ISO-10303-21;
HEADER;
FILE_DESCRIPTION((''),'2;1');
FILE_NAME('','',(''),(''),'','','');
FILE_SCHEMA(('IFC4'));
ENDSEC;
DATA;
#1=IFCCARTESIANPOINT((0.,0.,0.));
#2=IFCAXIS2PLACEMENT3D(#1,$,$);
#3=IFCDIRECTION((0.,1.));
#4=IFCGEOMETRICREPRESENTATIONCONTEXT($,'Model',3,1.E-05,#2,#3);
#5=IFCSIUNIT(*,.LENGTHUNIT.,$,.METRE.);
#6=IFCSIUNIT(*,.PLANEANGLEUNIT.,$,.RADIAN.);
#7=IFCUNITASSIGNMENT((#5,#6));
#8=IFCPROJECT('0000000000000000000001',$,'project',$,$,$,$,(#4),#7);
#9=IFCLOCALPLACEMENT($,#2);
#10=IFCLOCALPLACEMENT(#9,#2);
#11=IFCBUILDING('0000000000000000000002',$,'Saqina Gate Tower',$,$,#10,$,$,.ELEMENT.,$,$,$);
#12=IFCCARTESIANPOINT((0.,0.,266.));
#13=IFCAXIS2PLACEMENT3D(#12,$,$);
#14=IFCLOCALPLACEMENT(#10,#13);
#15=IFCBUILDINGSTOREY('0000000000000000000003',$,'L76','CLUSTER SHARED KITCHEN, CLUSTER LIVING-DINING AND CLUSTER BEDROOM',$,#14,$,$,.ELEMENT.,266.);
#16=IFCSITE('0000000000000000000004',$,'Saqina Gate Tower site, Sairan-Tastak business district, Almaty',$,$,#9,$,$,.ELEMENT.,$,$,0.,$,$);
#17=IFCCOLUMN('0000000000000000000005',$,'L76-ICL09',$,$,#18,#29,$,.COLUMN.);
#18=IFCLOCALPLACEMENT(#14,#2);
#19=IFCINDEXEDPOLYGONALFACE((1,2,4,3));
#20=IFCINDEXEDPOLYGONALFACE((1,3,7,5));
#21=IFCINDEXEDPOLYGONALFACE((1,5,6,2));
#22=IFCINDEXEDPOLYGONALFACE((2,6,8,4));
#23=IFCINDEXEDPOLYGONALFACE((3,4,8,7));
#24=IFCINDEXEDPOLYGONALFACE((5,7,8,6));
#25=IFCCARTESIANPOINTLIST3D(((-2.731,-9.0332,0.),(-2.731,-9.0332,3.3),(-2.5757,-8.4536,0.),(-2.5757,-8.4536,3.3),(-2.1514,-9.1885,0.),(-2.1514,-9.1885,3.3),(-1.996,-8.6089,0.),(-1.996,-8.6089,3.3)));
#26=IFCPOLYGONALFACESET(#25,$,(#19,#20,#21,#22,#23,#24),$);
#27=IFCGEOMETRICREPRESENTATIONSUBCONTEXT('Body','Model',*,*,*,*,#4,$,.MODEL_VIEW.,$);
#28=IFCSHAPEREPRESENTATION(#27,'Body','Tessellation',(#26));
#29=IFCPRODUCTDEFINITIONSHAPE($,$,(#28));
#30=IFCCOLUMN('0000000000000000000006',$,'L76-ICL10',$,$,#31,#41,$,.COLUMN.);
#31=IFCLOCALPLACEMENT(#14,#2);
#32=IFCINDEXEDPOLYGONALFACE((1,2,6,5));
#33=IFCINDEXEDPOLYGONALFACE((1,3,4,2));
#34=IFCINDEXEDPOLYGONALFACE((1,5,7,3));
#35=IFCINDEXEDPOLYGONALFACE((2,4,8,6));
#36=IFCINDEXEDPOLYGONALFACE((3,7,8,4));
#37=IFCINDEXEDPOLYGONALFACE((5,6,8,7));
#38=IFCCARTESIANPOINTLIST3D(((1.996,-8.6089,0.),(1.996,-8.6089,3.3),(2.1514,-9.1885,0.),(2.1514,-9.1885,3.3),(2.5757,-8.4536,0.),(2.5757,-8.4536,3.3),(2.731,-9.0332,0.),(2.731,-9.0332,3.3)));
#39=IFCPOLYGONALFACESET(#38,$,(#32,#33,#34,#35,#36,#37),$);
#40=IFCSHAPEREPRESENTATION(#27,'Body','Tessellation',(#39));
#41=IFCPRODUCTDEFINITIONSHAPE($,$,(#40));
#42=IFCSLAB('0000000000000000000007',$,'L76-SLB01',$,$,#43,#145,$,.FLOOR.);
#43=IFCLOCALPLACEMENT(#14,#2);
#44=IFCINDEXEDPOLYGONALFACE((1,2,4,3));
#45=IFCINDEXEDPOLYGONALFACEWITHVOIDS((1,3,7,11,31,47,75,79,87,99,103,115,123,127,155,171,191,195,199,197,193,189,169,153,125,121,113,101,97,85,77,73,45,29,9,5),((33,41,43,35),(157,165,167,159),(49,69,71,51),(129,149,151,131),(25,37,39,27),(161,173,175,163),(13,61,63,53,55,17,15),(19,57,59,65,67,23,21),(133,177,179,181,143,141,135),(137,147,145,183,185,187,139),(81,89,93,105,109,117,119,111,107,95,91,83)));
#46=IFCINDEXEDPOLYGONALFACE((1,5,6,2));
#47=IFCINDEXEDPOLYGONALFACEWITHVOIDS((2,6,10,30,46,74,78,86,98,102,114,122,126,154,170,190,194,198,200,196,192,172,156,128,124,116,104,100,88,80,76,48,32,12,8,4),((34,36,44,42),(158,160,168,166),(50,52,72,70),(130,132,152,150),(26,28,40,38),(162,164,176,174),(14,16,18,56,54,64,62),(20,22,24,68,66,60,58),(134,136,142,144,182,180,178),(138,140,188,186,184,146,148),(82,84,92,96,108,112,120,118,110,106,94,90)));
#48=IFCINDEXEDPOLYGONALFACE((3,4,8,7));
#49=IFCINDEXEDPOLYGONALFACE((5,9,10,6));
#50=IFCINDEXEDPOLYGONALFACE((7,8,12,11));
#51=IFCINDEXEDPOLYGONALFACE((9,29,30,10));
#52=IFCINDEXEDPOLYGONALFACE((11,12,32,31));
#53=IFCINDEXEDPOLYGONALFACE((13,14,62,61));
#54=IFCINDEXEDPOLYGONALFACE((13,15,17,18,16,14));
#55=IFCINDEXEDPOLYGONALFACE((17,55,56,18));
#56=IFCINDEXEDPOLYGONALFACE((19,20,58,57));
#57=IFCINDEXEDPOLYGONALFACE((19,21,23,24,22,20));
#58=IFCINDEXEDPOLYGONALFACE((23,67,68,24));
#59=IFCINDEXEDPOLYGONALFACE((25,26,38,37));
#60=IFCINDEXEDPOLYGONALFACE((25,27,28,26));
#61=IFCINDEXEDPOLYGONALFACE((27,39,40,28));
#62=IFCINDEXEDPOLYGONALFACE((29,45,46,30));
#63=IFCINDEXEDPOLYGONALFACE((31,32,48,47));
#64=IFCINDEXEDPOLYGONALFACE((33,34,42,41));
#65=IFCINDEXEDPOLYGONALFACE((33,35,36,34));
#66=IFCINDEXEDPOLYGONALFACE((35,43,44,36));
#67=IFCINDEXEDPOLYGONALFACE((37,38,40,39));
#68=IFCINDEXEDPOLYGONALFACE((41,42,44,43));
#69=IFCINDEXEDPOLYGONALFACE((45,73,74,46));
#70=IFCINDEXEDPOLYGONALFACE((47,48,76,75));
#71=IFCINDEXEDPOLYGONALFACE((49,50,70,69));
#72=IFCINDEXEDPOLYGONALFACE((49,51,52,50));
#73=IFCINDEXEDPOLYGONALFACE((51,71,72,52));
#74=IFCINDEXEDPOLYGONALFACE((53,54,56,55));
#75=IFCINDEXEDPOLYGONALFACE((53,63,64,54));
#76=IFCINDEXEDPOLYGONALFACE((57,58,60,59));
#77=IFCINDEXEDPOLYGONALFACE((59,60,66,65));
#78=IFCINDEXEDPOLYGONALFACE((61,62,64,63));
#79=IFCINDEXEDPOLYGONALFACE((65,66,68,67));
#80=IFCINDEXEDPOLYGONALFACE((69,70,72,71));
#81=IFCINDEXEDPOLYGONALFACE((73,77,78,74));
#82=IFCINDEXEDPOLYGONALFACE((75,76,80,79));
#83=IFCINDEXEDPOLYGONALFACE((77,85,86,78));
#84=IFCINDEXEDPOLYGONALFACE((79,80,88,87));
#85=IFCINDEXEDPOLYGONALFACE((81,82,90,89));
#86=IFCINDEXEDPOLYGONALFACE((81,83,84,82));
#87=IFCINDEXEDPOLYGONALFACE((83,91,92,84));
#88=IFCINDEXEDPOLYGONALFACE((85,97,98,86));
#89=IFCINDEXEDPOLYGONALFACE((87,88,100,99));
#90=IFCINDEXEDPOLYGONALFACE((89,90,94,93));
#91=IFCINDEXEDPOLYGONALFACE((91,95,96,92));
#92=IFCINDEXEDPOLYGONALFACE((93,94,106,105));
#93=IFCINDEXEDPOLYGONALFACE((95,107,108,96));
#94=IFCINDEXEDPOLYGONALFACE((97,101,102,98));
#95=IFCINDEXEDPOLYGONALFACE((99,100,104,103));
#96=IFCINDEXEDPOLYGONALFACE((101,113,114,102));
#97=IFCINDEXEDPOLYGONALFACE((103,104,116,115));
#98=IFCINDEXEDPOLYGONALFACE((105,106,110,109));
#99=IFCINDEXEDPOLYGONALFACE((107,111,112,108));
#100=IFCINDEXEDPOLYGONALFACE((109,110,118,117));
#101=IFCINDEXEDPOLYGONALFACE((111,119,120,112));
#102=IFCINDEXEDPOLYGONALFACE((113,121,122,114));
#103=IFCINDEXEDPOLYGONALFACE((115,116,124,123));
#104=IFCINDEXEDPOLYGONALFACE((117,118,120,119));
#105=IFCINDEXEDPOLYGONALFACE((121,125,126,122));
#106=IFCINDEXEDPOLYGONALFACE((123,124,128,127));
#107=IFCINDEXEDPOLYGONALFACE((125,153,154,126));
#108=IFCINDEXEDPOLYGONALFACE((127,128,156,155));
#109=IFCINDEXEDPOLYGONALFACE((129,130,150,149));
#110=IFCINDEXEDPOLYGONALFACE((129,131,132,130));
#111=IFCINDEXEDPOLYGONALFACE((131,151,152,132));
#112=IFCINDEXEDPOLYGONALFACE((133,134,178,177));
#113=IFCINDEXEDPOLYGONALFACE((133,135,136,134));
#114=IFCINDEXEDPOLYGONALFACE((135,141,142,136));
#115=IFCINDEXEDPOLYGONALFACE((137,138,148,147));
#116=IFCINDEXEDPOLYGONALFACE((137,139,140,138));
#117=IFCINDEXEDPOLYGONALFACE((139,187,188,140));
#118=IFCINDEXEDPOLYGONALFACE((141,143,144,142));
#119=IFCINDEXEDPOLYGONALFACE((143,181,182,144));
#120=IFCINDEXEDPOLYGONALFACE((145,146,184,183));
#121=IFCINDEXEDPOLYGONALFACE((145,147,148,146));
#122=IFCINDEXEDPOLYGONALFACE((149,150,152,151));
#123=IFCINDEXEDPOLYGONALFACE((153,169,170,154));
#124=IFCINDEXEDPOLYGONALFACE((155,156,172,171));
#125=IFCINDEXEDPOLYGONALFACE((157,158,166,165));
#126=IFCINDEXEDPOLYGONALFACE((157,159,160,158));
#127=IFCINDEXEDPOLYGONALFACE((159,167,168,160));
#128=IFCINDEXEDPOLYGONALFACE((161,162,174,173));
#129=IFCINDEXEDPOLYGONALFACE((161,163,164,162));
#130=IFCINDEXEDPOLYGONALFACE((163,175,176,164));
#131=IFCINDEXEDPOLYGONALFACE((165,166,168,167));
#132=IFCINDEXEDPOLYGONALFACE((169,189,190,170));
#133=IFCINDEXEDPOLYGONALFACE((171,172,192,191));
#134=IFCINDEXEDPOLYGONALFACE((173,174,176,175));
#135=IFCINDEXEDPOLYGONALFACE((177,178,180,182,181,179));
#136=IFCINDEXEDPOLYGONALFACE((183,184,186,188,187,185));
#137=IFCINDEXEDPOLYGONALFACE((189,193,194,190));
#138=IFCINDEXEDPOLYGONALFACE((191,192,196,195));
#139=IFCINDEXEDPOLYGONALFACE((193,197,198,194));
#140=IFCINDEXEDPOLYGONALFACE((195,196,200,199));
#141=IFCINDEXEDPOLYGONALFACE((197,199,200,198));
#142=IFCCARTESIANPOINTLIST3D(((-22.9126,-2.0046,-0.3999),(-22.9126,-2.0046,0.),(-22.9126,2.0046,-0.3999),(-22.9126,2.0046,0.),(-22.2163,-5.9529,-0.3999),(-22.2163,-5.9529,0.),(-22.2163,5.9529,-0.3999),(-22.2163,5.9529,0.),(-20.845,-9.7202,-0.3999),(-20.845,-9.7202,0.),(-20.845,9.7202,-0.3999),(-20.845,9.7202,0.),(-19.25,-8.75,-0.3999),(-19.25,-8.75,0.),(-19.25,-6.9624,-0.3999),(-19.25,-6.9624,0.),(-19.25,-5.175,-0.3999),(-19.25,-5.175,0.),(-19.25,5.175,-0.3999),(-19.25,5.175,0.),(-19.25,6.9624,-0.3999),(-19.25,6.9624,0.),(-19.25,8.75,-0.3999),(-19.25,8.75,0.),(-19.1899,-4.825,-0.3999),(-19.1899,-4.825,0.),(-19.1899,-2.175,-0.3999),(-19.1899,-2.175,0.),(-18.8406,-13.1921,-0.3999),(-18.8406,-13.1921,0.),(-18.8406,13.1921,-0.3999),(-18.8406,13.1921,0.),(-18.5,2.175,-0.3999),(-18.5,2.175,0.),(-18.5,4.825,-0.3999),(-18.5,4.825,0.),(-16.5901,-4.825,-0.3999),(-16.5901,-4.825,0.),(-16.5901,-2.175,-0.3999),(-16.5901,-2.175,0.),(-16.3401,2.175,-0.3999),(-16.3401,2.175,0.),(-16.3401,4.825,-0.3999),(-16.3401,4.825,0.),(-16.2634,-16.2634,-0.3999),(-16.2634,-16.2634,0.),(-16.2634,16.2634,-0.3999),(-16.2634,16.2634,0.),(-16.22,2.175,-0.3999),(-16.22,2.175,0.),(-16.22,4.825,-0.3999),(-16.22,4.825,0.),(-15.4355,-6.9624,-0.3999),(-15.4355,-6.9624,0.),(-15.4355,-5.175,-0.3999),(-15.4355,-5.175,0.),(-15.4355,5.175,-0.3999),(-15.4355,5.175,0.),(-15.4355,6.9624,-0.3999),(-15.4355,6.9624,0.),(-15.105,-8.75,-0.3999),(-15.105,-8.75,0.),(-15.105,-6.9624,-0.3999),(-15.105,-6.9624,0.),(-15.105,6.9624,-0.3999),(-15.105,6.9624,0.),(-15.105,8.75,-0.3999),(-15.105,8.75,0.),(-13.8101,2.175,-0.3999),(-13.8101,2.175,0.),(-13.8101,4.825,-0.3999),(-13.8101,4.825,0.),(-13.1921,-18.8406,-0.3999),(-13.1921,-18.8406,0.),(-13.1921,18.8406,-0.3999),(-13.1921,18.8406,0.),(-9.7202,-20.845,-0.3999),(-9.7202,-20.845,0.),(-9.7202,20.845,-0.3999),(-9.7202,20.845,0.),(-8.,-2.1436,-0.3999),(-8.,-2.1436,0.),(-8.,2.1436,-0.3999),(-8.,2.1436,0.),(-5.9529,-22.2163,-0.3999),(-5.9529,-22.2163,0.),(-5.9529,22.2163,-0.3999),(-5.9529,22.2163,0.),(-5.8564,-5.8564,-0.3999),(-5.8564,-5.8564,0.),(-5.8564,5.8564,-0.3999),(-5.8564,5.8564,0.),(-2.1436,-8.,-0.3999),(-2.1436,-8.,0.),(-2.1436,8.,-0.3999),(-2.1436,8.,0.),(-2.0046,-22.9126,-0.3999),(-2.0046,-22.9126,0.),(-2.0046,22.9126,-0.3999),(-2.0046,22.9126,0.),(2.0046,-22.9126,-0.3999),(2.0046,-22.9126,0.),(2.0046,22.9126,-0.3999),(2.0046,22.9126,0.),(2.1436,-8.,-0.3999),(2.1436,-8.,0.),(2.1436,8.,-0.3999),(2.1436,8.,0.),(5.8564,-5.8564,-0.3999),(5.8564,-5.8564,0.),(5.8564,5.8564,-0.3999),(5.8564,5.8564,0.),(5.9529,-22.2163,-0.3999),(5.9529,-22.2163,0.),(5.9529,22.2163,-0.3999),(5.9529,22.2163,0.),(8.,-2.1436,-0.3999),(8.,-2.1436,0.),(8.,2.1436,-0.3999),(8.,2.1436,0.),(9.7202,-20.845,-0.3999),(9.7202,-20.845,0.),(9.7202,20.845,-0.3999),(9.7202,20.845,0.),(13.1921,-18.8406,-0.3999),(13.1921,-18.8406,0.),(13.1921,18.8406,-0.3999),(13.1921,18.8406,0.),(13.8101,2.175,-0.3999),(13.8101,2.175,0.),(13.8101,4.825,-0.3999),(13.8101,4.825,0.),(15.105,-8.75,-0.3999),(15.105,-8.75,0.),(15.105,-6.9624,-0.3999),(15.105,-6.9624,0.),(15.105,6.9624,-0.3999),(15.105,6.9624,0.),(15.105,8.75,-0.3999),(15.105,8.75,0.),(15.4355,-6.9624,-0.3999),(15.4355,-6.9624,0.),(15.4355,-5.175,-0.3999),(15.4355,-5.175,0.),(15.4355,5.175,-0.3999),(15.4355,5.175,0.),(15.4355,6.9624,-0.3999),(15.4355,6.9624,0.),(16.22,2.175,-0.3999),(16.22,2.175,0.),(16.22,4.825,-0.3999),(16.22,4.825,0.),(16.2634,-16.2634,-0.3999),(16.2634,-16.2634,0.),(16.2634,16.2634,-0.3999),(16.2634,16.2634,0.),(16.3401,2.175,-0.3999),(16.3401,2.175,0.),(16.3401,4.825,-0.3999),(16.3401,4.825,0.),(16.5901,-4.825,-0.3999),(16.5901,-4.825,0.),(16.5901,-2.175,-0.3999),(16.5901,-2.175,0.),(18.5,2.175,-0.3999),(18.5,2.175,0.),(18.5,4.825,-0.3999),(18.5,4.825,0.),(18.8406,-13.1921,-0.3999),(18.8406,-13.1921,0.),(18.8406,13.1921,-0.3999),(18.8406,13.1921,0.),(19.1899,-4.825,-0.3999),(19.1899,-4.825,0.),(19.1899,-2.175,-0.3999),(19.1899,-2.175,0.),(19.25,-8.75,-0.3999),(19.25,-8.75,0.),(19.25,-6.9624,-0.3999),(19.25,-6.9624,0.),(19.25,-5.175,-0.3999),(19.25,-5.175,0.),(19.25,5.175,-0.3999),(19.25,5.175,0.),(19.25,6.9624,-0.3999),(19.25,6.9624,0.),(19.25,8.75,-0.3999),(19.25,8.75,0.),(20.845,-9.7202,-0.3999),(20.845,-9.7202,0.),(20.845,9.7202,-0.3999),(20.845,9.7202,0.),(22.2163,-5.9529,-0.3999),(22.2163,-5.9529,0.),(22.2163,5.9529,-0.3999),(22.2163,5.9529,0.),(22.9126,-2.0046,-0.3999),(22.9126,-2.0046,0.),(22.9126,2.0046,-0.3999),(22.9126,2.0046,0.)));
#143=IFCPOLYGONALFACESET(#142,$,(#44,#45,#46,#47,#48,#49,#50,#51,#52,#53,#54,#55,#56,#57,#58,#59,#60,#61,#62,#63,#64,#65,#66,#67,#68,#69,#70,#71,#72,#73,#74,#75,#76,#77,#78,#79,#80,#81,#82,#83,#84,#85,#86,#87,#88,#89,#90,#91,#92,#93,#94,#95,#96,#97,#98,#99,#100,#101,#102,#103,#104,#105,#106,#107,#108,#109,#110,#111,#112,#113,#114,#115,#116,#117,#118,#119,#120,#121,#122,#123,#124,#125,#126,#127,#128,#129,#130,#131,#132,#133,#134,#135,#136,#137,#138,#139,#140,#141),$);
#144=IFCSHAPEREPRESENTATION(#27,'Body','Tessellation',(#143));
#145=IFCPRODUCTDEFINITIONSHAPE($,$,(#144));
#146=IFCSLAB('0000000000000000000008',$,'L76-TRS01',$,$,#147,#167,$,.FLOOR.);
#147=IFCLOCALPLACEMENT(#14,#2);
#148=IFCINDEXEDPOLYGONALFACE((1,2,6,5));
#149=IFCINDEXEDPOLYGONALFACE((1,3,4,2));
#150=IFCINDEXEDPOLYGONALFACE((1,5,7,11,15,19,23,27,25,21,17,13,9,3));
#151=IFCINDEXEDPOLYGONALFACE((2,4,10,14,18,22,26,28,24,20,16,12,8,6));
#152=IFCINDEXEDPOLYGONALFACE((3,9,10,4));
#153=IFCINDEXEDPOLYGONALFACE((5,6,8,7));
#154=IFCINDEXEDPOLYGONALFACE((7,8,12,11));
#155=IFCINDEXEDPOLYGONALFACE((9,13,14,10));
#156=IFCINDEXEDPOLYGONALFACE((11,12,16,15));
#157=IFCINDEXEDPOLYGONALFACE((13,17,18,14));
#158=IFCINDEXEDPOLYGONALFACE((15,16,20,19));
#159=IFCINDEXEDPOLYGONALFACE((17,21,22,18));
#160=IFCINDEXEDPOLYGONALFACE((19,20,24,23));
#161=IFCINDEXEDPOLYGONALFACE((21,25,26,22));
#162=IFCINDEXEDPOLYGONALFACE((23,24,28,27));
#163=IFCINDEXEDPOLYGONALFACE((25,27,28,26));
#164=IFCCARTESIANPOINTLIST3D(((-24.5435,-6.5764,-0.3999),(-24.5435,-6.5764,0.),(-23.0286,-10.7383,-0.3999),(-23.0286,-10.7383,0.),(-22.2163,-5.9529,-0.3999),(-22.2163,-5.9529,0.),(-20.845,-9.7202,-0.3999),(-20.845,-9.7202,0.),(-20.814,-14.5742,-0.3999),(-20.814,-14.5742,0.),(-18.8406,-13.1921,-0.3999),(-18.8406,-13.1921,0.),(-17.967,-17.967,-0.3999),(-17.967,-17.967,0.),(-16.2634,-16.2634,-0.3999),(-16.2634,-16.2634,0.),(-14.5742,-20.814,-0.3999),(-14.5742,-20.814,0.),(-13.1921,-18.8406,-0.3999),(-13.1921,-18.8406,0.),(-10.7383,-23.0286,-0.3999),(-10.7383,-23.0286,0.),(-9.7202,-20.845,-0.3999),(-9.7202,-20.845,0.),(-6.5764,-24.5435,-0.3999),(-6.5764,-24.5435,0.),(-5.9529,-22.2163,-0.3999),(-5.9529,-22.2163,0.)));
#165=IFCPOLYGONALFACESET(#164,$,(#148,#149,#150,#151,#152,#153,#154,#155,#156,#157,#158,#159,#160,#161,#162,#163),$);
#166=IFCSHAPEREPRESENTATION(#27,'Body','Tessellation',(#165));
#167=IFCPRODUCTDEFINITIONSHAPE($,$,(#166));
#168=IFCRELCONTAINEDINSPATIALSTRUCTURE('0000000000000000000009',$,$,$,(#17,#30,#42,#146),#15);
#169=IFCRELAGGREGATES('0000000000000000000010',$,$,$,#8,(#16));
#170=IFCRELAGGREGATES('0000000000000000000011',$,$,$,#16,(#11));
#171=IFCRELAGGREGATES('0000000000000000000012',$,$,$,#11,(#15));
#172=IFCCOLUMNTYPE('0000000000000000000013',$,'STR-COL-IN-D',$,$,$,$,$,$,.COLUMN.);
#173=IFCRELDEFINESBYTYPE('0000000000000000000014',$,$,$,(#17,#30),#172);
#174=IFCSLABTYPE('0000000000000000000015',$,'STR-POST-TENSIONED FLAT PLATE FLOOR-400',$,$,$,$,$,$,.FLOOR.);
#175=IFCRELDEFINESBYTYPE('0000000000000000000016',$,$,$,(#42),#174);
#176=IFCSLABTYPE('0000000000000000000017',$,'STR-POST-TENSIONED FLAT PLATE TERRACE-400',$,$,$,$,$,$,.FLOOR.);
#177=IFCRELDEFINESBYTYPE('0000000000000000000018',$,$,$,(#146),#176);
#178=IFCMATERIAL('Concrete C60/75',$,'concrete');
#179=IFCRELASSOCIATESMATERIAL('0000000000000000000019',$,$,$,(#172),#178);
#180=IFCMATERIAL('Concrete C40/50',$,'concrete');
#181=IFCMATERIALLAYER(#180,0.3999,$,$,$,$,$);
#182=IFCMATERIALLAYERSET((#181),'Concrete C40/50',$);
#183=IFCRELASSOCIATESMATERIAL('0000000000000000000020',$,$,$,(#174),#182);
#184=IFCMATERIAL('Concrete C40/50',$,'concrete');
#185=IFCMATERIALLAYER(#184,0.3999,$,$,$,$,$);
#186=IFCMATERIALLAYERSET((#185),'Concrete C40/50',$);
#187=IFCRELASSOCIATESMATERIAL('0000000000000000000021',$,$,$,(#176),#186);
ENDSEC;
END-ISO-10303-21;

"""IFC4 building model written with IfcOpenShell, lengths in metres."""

from ifc_helpers import new_model, si_unit, direction, frame, origin, origin_2d, place, context, subcontext, project, spatial, polyline, rectangle, outline, extrude, material, layer, layer_set, material_profile, profile_set, type_object, element, save


model = new_model("IFC4")

# Units and contexts
model_context = context("Model", 3, precision=1e-05, world=origin(), true_north=direction((0.0, 1.0)))
body_context = subcontext(model_context, "Body", "Model", "MODEL_VIEW")
ifc_project = project(units=[si_unit("LENGTHUNIT", "METRE"), si_unit("PLANEANGLEUNIT", "RADIAN")], contexts=[model_context])

# Site, building, storey
site_placement = place(None, origin())
site = spatial("IfcSite", under=ifc_project, at=site_placement, Name="Saqina Gate Tower site, Sairan-Tastak business district, Almaty", CompositionType="ELEMENT", RefElevation=0.0)
building_placement = place(site_placement, origin())
building = spatial("IfcBuilding", under=site, at=building_placement, Name="Saqina Gate Tower", CompositionType="ELEMENT")
storey_placement = place(building_placement, frame((0.0, 0.0, 266.0)))
storey = spatial("IfcBuildingStorey", under=building, at=storey_placement, Name="L76", Description="CLUSTER SHARED KITCHEN, CLUSTER LIVING-DINING AND CLUSTER BEDROOM", CompositionType="ELEMENT", Elevation=266.0)

# Columns
ifc_material_1 = material(Name="Concrete C60/75", Category="concrete")
ifc_material_profile = material_profile(ifc_material_1, rectangle(XDim=0.6001, YDim=0.6001, at=origin_2d()), Name="RC 600x600")
ifc_profile_set = profile_set([ifc_material_profile], Name="Concrete C60/75")
column_type = type_object("IfcColumnType", Name="STR-COL-IN-D", PredefinedType="COLUMN", material=ifc_profile_set)
for number, where, z_axis, x_axis, name in (
    (1, (-2.3635, -8.821, 0.0), (0.0, 0.0, 1.0), (-0.258819, -0.965926, 0.0), "L76-ICL09"),
    (2, (2.3635, -8.821, 0.0), (0.0, 0.0, 1.0), (0.258819, -0.965926, 0.0), "L76-ICL10"),
):
    element("IfcColumn", number, at=place(storey_placement, frame(where, z_axis=z_axis, x_axis=x_axis)), inside=storey, type_object=column_type, Name=name, PredefinedType="COLUMN", context=body_context, shape_type="SweptSolid", body=[
        extrude(rectangle(XDim=0.6001, YDim=0.6001, at=origin_2d()), origin(), (0.0, 0.0, 1.0), 3.3),
    ])

# Slabs
ifc_material_2 = material(Name="Concrete C40/50", Category="concrete")
ifc_layer_1 = layer(ifc_material_2, 0.3999)
ifc_layer_set_1 = layer_set([ifc_layer_1], Name="Concrete C40/50")
slab_type_1 = type_object("IfcSlabType", Name="STR-POST-TENSIONED FLAT PLATE FLOOR-400", PredefinedType="FLOOR", material=ifc_layer_set_1)
slab_1_placement = place(storey_placement, frame((0.0, 0.0, -0.3999)))
element("IfcSlab", 3, at=slab_1_placement, inside=storey, type_object=slab_type_1, Name="L76-SLB01", PredefinedType="FLOOR", context=body_context, shape_type="SweptSolid", body=[
    extrude(outline(polyline([(22.2163, -5.9529), (22.9126, -2.0046), (22.9126, 2.0046), (22.2163, 5.9529), (20.845, 9.7202), (18.8406, 13.1921), (16.2634, 16.2634), (13.1921, 18.8406), (9.7202, 20.845), (5.9529, 22.2163), (2.0046, 22.9126), (-2.0046, 22.9126), (-5.9529, 22.2163), (-9.7202, 20.845), (-13.1921, 18.8406), (-16.2634, 16.2634), (-18.8406, 13.1921), (-20.845, 9.7202), (-22.2163, 5.9529), (-22.9126, 2.0046), (-22.9126, -2.0046), (-22.2163, -5.9529), (-20.845, -9.7202), (-18.8406, -13.1921), (-16.2634, -16.2634), (-13.1921, -18.8406), (-9.7202, -20.845), (-5.9529, -22.2163), (-2.0046, -22.9126), (2.0046, -22.9126), (5.9529, -22.2163), (9.7202, -20.845), (13.1921, -18.8406), (16.2634, -16.2634), (18.8406, -13.1921), (20.845, -9.7202), (22.2163, -5.9529)]), holes=[polyline([(2.1436, 8.0), (5.8564, 5.8564), (8.0, 2.1436), (8.0, -2.1436), (5.8564, -5.8564), (2.1436, -8.0), (-2.1436, -8.0), (-5.8564, -5.8564), (-8.0, -2.1436), (-8.0, 2.1436), (-5.8564, 5.8564), (-2.1436, 8.0), (2.1436, 8.0)]), polyline([(-15.105, -8.75), (-19.25, -8.75), (-19.25, -6.9624), (-19.25, -5.175), (-15.4355, -5.175), (-15.4355, -6.9624), (-15.105, -6.9624), (-15.105, -8.75)]), polyline([(-16.5901, -2.175), (-16.5901, -4.825), (-19.1899, -4.825), (-19.1899, -2.175), (-16.5901, -2.175)]), polyline([(-16.3401, 4.825), (-16.3401, 2.175), (-18.5, 2.175), (-18.5, 4.825), (-16.3401, 4.825)]), polyline([(-13.8101, 4.825), (-13.8101, 2.175), (-16.22, 2.175), (-16.22, 4.825), (-13.8101, 4.825)]), polyline([(-19.25, 6.9624), (-19.25, 8.75), (-15.105, 8.75), (-15.105, 6.9624), (-15.4355, 6.9624), (-15.4355, 5.175), (-19.25, 5.175), (-19.25, 6.9624)]), polyline([(15.105, -8.75), (15.105, -6.9624), (15.4355, -6.9624), (15.4355, -5.175), (19.25, -5.175), (19.25, -6.9624), (19.25, -8.75), (15.105, -8.75)]), polyline([(19.1899, -2.175), (19.1899, -4.825), (16.5901, -4.825), (16.5901, -2.175), (19.1899, -2.175)]), polyline([(16.22, 4.825), (16.22, 2.175), (13.8101, 2.175), (13.8101, 4.825), (16.22, 4.825)]), polyline([(18.5, 4.825), (18.5, 2.175), (16.3401, 2.175), (16.3401, 4.825), (18.5, 4.825)]), polyline([(15.4355, 6.9624), (15.105, 6.9624), (15.105, 8.75), (19.25, 8.75), (19.25, 6.9624), (19.25, 5.175), (15.4355, 5.175), (15.4355, 6.9624)])]), origin(), (0.0, 0.0, 1.0), 0.3999),
])
ifc_material_3 = material(Name="Concrete C40/50", Category="concrete")
ifc_layer_2 = layer(ifc_material_3, 0.3999)
ifc_layer_set_2 = layer_set([ifc_layer_2], Name="Concrete C40/50")
slab_type_2 = type_object("IfcSlabType", Name="STR-POST-TENSIONED FLAT PLATE TERRACE-400", PredefinedType="FLOOR", material=ifc_layer_set_2)
slab_2_placement = place(storey_placement, frame((0.0, 0.0, -0.3999)))
element("IfcSlab", 4, at=slab_2_placement, inside=storey, type_object=slab_type_2, Name="L76-TRS01", PredefinedType="FLOOR", context=body_context, shape_type="SweptSolid", body=[
    extrude(outline(polyline([(-22.2163, -5.9529), (-20.845, -9.7202), (-18.8406, -13.1921), (-16.2634, -16.2634), (-13.1921, -18.8406), (-9.7202, -20.845), (-5.9529, -22.2163), (-6.5764, -24.5435), (-10.7383, -23.0286), (-14.5742, -20.814), (-17.967, -17.967), (-20.814, -14.5742), (-23.0286, -10.7383), (-24.5435, -6.5764), (-22.2163, -5.9529)])), origin(), (0.0, 0.0, 1.0), 0.3999),
])

save(model, "model.ifc")
